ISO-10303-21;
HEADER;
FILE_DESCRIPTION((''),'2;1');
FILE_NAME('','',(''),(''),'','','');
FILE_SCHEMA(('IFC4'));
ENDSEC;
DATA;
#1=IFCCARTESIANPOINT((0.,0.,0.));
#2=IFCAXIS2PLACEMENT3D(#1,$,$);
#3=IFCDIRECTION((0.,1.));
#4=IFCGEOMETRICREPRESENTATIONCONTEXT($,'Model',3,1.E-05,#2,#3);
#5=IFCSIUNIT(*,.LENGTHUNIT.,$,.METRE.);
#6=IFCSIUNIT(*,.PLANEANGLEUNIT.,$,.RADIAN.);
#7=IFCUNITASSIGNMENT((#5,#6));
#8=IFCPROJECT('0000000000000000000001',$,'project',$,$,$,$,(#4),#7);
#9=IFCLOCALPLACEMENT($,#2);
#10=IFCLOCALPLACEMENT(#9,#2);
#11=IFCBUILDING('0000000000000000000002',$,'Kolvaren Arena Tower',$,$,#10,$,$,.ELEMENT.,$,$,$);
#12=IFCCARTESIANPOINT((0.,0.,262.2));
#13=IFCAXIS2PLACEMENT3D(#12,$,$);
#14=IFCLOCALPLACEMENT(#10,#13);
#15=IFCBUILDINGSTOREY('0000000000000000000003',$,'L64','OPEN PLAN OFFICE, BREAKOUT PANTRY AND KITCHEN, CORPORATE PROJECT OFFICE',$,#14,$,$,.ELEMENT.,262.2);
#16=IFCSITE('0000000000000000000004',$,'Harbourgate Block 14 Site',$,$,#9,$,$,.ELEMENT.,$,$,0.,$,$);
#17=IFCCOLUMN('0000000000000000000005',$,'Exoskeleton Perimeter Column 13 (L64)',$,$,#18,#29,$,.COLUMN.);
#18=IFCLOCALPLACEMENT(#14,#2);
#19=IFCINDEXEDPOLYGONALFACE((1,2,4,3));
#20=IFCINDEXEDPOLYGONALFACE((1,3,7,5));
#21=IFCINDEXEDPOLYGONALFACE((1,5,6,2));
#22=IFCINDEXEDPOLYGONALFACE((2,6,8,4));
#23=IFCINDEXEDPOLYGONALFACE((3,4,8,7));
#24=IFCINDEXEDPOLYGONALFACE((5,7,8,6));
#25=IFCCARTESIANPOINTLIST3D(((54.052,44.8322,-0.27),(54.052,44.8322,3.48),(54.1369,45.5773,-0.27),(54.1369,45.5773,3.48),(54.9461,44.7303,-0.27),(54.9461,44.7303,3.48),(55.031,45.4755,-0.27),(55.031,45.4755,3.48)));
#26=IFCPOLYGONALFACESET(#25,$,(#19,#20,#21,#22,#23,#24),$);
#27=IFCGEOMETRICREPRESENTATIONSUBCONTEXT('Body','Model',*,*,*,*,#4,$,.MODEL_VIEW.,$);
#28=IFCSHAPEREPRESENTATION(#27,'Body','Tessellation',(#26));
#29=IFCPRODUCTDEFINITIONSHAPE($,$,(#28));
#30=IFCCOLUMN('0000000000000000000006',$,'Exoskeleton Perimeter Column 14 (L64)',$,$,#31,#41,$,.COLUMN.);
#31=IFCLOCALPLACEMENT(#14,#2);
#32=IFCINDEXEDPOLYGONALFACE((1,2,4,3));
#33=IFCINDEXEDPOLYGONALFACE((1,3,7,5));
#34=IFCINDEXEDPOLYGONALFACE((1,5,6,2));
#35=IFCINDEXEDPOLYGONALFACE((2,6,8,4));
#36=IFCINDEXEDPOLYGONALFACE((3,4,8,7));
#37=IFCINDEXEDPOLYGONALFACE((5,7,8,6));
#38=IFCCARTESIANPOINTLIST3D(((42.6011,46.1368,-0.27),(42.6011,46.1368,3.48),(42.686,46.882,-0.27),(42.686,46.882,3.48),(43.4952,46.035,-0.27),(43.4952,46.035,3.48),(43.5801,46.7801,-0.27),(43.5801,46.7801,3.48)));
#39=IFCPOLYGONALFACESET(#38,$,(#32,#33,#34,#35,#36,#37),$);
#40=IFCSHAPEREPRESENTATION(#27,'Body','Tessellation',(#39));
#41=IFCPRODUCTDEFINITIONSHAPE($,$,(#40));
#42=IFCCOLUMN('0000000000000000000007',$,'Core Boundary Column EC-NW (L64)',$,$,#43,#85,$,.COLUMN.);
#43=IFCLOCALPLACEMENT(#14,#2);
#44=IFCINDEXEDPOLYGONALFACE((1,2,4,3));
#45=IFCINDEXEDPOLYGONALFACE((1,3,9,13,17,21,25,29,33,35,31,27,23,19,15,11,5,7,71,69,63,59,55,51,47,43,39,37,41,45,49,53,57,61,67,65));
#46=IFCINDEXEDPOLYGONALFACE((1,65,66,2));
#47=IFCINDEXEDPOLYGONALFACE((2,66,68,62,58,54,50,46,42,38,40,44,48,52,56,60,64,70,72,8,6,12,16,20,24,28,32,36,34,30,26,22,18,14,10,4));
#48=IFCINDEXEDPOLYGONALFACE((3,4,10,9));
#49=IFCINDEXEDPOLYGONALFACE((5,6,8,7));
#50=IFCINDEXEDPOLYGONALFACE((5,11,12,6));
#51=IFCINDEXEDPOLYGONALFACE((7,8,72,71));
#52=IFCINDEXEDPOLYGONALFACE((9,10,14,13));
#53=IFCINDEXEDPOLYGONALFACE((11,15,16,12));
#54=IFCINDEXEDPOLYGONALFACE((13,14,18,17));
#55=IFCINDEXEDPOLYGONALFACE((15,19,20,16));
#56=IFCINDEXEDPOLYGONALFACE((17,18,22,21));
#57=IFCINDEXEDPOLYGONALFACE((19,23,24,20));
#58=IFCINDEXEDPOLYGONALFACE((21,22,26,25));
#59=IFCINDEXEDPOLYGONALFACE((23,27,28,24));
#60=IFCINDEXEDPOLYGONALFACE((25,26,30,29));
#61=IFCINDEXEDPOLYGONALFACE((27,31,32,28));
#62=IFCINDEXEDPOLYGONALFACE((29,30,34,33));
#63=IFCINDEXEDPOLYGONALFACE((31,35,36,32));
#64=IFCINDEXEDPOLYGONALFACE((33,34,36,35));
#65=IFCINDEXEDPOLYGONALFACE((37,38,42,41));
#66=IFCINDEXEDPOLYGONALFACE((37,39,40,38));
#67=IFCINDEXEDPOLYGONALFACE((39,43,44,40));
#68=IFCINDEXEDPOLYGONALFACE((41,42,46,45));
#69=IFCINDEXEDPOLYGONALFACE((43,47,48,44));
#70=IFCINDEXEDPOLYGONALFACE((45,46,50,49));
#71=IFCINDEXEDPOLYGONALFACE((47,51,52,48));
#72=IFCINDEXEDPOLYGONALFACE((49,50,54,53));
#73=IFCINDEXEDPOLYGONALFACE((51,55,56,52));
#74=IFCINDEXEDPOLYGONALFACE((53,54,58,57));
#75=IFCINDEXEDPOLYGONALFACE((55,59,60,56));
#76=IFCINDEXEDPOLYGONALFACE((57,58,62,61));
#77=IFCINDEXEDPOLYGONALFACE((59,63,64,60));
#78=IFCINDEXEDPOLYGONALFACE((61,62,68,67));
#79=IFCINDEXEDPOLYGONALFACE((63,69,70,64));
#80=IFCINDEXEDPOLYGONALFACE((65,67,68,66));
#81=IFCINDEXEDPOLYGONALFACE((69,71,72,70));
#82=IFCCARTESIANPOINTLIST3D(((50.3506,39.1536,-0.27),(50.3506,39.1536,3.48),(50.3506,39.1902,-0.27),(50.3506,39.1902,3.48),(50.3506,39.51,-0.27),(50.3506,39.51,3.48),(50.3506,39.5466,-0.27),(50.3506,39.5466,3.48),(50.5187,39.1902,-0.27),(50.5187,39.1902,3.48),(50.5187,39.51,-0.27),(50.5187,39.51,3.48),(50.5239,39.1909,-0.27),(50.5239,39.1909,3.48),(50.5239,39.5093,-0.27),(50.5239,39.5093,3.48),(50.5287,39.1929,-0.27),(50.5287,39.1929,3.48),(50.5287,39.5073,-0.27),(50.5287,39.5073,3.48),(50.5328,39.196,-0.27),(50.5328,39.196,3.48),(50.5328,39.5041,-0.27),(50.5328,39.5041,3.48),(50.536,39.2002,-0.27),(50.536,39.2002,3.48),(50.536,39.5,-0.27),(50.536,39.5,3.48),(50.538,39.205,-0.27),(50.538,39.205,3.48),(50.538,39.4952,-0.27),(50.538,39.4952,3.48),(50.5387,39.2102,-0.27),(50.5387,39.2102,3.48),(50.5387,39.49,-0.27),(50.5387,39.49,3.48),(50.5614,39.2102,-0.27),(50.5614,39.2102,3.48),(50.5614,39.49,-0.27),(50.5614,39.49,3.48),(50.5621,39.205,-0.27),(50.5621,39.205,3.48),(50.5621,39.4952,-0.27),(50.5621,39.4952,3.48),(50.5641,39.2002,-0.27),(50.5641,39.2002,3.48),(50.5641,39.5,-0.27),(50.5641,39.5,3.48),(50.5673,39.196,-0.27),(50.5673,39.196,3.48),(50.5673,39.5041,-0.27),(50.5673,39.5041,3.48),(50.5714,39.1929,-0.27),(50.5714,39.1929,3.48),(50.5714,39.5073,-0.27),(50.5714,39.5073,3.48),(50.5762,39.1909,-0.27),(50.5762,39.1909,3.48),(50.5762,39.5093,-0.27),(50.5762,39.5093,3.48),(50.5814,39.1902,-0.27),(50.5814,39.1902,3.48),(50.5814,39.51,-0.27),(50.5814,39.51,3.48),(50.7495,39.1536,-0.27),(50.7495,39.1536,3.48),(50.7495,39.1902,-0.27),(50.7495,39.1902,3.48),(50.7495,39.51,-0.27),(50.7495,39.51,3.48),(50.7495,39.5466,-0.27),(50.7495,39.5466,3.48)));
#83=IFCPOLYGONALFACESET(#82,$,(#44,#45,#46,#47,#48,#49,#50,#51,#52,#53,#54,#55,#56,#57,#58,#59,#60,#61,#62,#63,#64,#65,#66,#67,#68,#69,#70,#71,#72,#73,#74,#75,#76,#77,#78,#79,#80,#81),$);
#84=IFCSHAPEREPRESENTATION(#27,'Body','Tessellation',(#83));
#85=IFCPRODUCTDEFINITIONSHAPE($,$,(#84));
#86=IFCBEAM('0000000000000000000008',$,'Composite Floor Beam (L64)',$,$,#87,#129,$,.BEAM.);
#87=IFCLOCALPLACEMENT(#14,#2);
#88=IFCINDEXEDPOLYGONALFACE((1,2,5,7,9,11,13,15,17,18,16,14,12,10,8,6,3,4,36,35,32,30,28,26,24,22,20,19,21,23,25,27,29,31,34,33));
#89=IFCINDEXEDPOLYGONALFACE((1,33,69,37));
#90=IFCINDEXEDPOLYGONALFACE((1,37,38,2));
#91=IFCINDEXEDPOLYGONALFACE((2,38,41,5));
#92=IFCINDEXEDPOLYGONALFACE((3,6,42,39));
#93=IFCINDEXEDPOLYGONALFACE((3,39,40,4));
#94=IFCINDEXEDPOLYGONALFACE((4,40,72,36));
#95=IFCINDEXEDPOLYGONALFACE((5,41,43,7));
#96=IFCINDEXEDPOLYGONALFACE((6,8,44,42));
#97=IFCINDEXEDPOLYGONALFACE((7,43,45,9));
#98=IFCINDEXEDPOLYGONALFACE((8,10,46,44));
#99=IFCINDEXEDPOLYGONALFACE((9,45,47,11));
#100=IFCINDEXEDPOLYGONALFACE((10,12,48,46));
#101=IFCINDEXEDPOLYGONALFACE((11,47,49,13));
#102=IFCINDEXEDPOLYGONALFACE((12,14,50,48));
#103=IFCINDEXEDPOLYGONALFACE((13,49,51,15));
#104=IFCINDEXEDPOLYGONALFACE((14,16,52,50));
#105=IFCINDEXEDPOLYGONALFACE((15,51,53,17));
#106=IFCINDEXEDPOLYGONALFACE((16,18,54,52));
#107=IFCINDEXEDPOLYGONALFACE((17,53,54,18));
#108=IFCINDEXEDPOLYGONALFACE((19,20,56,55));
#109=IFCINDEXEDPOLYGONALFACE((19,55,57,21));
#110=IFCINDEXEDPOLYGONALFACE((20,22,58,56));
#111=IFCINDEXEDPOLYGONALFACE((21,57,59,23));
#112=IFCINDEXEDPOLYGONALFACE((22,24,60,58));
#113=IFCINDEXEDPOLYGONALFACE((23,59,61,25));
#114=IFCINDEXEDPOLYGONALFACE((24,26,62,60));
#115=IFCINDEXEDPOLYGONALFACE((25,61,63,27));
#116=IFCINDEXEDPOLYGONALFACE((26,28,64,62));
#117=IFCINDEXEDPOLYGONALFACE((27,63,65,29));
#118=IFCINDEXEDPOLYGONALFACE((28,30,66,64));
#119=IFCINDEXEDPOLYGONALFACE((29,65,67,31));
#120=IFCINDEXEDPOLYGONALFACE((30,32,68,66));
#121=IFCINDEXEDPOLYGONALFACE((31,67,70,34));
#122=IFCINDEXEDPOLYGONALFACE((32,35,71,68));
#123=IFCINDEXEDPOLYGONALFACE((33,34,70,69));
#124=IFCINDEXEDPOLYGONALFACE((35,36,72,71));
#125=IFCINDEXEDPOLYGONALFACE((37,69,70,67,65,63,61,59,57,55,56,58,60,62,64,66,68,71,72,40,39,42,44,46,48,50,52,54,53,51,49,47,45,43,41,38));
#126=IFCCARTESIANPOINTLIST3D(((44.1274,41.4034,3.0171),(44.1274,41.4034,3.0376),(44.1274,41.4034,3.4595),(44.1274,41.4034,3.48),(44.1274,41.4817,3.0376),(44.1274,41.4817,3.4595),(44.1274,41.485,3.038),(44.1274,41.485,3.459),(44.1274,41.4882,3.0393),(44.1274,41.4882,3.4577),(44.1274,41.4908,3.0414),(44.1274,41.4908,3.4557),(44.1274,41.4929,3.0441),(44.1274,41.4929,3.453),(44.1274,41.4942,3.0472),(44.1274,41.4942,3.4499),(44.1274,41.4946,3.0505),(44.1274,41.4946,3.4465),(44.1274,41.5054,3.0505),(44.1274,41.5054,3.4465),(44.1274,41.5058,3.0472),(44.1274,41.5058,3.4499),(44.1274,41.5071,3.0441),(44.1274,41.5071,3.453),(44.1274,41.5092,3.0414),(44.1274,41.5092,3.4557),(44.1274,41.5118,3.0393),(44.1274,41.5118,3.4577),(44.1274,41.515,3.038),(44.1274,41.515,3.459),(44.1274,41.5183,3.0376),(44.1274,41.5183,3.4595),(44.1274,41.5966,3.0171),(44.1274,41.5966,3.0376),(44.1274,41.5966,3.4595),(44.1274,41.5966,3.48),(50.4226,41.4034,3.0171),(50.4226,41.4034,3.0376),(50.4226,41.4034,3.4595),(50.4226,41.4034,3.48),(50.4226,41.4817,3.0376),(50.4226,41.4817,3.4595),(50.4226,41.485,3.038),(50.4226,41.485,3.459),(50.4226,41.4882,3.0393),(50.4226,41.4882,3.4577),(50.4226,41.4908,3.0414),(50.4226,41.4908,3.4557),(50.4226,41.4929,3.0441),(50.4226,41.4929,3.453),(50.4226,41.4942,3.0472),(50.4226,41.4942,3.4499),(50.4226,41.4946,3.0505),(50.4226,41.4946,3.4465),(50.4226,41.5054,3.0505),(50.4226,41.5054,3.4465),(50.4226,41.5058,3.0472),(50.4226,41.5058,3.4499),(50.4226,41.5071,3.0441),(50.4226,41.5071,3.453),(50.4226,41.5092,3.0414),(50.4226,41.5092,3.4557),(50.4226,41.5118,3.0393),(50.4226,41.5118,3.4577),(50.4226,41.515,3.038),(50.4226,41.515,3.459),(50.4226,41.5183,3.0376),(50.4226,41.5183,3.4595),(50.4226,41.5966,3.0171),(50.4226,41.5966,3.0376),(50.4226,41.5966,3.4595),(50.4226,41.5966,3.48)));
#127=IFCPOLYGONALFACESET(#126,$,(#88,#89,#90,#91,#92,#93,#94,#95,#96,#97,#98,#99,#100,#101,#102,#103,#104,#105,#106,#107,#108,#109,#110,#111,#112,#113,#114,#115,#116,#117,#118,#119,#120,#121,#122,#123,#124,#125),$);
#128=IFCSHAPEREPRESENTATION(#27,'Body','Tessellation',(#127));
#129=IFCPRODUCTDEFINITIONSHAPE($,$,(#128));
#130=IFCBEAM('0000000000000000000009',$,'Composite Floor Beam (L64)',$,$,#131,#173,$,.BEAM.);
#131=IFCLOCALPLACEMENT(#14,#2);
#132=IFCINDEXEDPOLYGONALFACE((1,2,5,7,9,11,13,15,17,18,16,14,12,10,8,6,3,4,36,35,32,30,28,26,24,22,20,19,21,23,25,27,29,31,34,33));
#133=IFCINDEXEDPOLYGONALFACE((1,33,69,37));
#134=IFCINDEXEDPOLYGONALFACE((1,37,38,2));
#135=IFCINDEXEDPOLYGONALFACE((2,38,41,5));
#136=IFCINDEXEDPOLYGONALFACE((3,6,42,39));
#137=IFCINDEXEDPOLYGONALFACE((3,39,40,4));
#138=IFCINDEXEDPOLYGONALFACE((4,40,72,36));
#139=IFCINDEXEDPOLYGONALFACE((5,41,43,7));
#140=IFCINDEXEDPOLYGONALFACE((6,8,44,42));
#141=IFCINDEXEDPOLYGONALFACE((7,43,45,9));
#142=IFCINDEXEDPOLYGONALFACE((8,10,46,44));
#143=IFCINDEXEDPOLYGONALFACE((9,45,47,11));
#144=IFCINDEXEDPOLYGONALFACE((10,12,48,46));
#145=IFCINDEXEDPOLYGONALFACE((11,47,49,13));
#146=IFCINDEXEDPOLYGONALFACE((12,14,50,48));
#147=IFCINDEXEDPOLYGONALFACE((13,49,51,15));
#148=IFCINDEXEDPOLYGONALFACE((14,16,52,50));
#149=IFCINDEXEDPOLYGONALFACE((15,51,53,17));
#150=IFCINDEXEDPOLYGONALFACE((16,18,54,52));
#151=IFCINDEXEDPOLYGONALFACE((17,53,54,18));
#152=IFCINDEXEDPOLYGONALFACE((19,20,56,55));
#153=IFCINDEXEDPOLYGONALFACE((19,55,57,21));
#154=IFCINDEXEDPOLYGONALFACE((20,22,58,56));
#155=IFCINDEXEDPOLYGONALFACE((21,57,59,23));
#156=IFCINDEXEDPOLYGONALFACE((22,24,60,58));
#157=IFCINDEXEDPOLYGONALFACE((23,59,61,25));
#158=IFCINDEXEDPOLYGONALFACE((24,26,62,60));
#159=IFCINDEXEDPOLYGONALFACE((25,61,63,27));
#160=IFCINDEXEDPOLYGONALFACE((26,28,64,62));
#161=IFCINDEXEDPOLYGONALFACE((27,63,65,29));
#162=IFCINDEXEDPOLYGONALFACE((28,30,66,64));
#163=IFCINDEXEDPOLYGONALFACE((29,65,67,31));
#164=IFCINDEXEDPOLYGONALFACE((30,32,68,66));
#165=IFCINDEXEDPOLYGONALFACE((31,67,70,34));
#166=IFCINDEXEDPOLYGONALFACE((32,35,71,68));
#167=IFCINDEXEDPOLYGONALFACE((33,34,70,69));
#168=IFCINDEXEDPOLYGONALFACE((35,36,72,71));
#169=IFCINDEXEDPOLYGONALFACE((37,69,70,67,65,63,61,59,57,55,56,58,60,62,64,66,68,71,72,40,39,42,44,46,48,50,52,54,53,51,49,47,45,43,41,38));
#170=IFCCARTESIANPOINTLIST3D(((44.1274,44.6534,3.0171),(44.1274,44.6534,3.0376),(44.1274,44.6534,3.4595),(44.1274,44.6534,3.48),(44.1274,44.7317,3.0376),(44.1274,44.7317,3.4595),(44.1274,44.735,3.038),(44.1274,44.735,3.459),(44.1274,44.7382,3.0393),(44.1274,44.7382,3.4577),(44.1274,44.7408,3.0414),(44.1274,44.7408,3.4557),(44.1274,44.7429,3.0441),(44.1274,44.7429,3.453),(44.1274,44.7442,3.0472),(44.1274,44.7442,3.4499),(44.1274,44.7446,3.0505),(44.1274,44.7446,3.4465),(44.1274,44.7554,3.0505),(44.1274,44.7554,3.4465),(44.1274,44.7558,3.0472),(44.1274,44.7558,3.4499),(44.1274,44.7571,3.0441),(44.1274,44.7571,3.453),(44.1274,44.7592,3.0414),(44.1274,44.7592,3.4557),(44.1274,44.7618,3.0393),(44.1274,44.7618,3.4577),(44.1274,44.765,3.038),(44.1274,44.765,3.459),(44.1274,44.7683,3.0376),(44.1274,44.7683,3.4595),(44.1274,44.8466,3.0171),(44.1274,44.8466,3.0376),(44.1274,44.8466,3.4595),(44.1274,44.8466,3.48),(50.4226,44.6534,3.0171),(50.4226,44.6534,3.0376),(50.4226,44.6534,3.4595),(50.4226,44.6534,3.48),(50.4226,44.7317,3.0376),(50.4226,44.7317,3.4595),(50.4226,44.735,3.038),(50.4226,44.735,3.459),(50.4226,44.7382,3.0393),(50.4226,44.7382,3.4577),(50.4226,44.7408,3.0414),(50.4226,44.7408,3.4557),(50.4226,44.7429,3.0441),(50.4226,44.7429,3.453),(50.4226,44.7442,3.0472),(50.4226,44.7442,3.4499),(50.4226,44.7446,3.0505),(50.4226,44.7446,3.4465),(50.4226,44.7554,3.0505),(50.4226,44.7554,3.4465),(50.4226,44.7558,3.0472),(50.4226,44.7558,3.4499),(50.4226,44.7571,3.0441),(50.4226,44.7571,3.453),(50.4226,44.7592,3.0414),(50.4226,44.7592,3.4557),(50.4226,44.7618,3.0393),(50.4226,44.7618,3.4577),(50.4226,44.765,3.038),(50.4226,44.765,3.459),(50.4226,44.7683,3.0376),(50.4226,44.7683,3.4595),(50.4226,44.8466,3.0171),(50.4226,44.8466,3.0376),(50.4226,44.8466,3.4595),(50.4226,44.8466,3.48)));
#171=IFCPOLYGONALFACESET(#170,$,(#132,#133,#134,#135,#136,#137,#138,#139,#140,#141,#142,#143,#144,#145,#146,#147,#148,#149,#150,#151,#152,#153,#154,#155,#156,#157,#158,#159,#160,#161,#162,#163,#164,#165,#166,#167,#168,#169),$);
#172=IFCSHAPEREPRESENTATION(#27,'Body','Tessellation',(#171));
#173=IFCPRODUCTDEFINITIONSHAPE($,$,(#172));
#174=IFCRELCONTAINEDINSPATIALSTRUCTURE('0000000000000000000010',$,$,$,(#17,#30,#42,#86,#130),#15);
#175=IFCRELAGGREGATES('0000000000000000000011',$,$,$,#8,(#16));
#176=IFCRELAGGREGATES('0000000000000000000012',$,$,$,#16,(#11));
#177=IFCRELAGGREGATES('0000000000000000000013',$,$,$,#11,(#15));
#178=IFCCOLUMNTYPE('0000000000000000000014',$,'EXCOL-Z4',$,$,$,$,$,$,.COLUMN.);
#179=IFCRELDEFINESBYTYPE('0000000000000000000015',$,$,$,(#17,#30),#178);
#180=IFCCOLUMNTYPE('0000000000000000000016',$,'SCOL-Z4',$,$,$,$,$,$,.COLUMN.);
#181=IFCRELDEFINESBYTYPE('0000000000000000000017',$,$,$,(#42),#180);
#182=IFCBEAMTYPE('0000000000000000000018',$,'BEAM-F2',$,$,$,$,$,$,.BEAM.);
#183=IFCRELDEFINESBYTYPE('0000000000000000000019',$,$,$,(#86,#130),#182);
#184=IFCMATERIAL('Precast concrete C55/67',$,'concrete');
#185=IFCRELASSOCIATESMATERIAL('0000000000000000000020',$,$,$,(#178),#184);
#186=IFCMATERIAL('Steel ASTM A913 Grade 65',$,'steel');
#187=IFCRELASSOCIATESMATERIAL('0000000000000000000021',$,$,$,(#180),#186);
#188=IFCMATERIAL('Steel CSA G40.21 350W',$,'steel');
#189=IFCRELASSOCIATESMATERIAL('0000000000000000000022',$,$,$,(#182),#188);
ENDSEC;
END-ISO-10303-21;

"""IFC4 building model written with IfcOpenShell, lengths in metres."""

from ifc_helpers import new_model, si_unit, direction, frame, origin, origin_2d, place, context, subcontext, project, spatial, rectangle, i_section, extrude, material, material_profile, profile_set, type_object, element, save


model = new_model("IFC4")

# Units and contexts
model_context = context("Model", 3, precision=1e-05, world=origin(), true_north=direction((0.0, 1.0)))
body_context = subcontext(model_context, "Body", "Model", "MODEL_VIEW")
ifc_project = project(units=[si_unit("LENGTHUNIT", "METRE"), si_unit("PLANEANGLEUNIT", "RADIAN")], contexts=[model_context])

# Site, building, storey
site_placement = place(None, origin())
site = spatial("IfcSite", under=ifc_project, at=site_placement, Name="Harbourgate Block 14 Site", CompositionType="ELEMENT", RefElevation=0.0)
building_placement = place(site_placement, origin())
building = spatial("IfcBuilding", under=site, at=building_placement, Name="Kolvaren Arena Tower", CompositionType="ELEMENT")
storey_placement = place(building_placement, frame((0.0, 0.0, 262.2)))
storey = spatial("IfcBuildingStorey", under=building, at=storey_placement, Name="L64", Description="OPEN PLAN OFFICE, BREAKOUT PANTRY AND KITCHEN, CORPORATE PROJECT OFFICE", CompositionType="ELEMENT", Elevation=262.2)

# Columns
ifc_material_1 = material(Name="Precast concrete C55/67", Category="concrete")
ifc_material_profile_1 = material_profile(ifc_material_1, rectangle(XDim=0.8999, YDim=0.75, at=origin_2d()), Name="RC-900x750")
ifc_profile_set_1 = profile_set([ifc_material_profile_1], Name="Precast concrete C55/67")
column_type_1 = type_object("IfcColumnType", Name="EXCOL-Z4", PredefinedType="COLUMN", material=ifc_profile_set_1)
for number, where, z_axis, x_axis, name in (
    (1, (54.5415, 45.1538, -0.27), (0.0, 0.0, 1.0), (0.993572, -0.113203, 0.0), "Exoskeleton Perimeter Column 13 (L64)"),
    (2, (43.0906, 46.4585, -0.27), (0.0, 0.0, 1.0), (0.993572, -0.113203, 0.0), "Exoskeleton Perimeter Column 14 (L64)"),
):
    element("IfcColumn", number, at=place(storey_placement, frame(where, z_axis=z_axis, x_axis=x_axis)), inside=storey, type_object=column_type_1, Name=name, PredefinedType="COLUMN", context=body_context, shape_type="SweptSolid", body=[
        extrude(rectangle(XDim=0.8999, YDim=0.75, at=origin_2d()), origin(), (0.0, 0.0, 1.0), 3.75),
    ])
ifc_material_2 = material(Name="Steel ASTM A913 Grade 65", Category="steel")
ifc_material_profile_2 = material_profile(ifc_material_2, i_section(OverallWidth=0.3989, OverallDepth=0.3931, WebThickness=0.0227, FlangeThickness=0.0366, FilletRadius=0.02, at=origin_2d()), Name="W360x287")
ifc_profile_set_2 = profile_set([ifc_material_profile_2], Name="Steel ASTM A913 Grade 65")
column_type_2 = type_object("IfcColumnType", Name="SCOL-Z4", PredefinedType="COLUMN", material=ifc_profile_set_2)
column_placement = place(storey_placement, frame((50.55, 39.3501, -0.27), z_axis=(0.0, 0.0, 1.0), x_axis=(1.0, 0.0, 0.0)))
element("IfcColumn", 3, at=column_placement, inside=storey, type_object=column_type_2, Name="Core Boundary Column EC-NW (L64)", PredefinedType="COLUMN", context=body_context, shape_type="SweptSolid", body=[
    extrude(i_section(OverallWidth=0.3989, OverallDepth=0.3931, WebThickness=0.0227, FlangeThickness=0.0366, FilletRadius=0.02, at=origin_2d()), origin(), (0.0, 0.0, 1.0), 3.75),
])

# Beams
ifc_material_3 = material(Name="Steel CSA G40.21 350W", Category="steel")
ifc_material_profile_3 = material_profile(ifc_material_3, i_section(OverallWidth=0.1931, OverallDepth=0.4629, WebThickness=0.0107, FlangeThickness=0.0205, FilletRadius=0.0129, at=origin_2d()), Name="W460x113")
ifc_profile_set_3 = profile_set([ifc_material_profile_3], Name="Steel CSA G40.21 350W")
beam_type_1 = type_object("IfcBeamType", Name="BEAM-F2", PredefinedType="BEAM", material=ifc_profile_set_3)
for number, where, z_axis, x_axis, name in (
    (4, (44.1274, 41.5, 3.2485), (1.0, 0.0, 0.0), (0.0, 1.0, 0.0), "Composite Floor Beam (L64)"),
    (5, (44.1274, 44.75, 3.2485), (1.0, 0.0, 0.0), (0.0, 1.0, 0.0), "Composite Floor Beam (L64)"),
):
    element("IfcBeam", number, at=place(storey_placement, frame(where, z_axis=z_axis, x_axis=x_axis)), inside=storey, type_object=beam_type_1, Name=name, PredefinedType="BEAM", context=body_context, shape_type="SweptSolid", body=[
        extrude(i_section(OverallWidth=0.1931, OverallDepth=0.4629, WebThickness=0.0107, FlangeThickness=0.0205, FilletRadius=0.0129, at=origin_2d()), origin(), (0.0, 0.0, 1.0), 6.2952),
    ])

save(model, "model.ifc")
